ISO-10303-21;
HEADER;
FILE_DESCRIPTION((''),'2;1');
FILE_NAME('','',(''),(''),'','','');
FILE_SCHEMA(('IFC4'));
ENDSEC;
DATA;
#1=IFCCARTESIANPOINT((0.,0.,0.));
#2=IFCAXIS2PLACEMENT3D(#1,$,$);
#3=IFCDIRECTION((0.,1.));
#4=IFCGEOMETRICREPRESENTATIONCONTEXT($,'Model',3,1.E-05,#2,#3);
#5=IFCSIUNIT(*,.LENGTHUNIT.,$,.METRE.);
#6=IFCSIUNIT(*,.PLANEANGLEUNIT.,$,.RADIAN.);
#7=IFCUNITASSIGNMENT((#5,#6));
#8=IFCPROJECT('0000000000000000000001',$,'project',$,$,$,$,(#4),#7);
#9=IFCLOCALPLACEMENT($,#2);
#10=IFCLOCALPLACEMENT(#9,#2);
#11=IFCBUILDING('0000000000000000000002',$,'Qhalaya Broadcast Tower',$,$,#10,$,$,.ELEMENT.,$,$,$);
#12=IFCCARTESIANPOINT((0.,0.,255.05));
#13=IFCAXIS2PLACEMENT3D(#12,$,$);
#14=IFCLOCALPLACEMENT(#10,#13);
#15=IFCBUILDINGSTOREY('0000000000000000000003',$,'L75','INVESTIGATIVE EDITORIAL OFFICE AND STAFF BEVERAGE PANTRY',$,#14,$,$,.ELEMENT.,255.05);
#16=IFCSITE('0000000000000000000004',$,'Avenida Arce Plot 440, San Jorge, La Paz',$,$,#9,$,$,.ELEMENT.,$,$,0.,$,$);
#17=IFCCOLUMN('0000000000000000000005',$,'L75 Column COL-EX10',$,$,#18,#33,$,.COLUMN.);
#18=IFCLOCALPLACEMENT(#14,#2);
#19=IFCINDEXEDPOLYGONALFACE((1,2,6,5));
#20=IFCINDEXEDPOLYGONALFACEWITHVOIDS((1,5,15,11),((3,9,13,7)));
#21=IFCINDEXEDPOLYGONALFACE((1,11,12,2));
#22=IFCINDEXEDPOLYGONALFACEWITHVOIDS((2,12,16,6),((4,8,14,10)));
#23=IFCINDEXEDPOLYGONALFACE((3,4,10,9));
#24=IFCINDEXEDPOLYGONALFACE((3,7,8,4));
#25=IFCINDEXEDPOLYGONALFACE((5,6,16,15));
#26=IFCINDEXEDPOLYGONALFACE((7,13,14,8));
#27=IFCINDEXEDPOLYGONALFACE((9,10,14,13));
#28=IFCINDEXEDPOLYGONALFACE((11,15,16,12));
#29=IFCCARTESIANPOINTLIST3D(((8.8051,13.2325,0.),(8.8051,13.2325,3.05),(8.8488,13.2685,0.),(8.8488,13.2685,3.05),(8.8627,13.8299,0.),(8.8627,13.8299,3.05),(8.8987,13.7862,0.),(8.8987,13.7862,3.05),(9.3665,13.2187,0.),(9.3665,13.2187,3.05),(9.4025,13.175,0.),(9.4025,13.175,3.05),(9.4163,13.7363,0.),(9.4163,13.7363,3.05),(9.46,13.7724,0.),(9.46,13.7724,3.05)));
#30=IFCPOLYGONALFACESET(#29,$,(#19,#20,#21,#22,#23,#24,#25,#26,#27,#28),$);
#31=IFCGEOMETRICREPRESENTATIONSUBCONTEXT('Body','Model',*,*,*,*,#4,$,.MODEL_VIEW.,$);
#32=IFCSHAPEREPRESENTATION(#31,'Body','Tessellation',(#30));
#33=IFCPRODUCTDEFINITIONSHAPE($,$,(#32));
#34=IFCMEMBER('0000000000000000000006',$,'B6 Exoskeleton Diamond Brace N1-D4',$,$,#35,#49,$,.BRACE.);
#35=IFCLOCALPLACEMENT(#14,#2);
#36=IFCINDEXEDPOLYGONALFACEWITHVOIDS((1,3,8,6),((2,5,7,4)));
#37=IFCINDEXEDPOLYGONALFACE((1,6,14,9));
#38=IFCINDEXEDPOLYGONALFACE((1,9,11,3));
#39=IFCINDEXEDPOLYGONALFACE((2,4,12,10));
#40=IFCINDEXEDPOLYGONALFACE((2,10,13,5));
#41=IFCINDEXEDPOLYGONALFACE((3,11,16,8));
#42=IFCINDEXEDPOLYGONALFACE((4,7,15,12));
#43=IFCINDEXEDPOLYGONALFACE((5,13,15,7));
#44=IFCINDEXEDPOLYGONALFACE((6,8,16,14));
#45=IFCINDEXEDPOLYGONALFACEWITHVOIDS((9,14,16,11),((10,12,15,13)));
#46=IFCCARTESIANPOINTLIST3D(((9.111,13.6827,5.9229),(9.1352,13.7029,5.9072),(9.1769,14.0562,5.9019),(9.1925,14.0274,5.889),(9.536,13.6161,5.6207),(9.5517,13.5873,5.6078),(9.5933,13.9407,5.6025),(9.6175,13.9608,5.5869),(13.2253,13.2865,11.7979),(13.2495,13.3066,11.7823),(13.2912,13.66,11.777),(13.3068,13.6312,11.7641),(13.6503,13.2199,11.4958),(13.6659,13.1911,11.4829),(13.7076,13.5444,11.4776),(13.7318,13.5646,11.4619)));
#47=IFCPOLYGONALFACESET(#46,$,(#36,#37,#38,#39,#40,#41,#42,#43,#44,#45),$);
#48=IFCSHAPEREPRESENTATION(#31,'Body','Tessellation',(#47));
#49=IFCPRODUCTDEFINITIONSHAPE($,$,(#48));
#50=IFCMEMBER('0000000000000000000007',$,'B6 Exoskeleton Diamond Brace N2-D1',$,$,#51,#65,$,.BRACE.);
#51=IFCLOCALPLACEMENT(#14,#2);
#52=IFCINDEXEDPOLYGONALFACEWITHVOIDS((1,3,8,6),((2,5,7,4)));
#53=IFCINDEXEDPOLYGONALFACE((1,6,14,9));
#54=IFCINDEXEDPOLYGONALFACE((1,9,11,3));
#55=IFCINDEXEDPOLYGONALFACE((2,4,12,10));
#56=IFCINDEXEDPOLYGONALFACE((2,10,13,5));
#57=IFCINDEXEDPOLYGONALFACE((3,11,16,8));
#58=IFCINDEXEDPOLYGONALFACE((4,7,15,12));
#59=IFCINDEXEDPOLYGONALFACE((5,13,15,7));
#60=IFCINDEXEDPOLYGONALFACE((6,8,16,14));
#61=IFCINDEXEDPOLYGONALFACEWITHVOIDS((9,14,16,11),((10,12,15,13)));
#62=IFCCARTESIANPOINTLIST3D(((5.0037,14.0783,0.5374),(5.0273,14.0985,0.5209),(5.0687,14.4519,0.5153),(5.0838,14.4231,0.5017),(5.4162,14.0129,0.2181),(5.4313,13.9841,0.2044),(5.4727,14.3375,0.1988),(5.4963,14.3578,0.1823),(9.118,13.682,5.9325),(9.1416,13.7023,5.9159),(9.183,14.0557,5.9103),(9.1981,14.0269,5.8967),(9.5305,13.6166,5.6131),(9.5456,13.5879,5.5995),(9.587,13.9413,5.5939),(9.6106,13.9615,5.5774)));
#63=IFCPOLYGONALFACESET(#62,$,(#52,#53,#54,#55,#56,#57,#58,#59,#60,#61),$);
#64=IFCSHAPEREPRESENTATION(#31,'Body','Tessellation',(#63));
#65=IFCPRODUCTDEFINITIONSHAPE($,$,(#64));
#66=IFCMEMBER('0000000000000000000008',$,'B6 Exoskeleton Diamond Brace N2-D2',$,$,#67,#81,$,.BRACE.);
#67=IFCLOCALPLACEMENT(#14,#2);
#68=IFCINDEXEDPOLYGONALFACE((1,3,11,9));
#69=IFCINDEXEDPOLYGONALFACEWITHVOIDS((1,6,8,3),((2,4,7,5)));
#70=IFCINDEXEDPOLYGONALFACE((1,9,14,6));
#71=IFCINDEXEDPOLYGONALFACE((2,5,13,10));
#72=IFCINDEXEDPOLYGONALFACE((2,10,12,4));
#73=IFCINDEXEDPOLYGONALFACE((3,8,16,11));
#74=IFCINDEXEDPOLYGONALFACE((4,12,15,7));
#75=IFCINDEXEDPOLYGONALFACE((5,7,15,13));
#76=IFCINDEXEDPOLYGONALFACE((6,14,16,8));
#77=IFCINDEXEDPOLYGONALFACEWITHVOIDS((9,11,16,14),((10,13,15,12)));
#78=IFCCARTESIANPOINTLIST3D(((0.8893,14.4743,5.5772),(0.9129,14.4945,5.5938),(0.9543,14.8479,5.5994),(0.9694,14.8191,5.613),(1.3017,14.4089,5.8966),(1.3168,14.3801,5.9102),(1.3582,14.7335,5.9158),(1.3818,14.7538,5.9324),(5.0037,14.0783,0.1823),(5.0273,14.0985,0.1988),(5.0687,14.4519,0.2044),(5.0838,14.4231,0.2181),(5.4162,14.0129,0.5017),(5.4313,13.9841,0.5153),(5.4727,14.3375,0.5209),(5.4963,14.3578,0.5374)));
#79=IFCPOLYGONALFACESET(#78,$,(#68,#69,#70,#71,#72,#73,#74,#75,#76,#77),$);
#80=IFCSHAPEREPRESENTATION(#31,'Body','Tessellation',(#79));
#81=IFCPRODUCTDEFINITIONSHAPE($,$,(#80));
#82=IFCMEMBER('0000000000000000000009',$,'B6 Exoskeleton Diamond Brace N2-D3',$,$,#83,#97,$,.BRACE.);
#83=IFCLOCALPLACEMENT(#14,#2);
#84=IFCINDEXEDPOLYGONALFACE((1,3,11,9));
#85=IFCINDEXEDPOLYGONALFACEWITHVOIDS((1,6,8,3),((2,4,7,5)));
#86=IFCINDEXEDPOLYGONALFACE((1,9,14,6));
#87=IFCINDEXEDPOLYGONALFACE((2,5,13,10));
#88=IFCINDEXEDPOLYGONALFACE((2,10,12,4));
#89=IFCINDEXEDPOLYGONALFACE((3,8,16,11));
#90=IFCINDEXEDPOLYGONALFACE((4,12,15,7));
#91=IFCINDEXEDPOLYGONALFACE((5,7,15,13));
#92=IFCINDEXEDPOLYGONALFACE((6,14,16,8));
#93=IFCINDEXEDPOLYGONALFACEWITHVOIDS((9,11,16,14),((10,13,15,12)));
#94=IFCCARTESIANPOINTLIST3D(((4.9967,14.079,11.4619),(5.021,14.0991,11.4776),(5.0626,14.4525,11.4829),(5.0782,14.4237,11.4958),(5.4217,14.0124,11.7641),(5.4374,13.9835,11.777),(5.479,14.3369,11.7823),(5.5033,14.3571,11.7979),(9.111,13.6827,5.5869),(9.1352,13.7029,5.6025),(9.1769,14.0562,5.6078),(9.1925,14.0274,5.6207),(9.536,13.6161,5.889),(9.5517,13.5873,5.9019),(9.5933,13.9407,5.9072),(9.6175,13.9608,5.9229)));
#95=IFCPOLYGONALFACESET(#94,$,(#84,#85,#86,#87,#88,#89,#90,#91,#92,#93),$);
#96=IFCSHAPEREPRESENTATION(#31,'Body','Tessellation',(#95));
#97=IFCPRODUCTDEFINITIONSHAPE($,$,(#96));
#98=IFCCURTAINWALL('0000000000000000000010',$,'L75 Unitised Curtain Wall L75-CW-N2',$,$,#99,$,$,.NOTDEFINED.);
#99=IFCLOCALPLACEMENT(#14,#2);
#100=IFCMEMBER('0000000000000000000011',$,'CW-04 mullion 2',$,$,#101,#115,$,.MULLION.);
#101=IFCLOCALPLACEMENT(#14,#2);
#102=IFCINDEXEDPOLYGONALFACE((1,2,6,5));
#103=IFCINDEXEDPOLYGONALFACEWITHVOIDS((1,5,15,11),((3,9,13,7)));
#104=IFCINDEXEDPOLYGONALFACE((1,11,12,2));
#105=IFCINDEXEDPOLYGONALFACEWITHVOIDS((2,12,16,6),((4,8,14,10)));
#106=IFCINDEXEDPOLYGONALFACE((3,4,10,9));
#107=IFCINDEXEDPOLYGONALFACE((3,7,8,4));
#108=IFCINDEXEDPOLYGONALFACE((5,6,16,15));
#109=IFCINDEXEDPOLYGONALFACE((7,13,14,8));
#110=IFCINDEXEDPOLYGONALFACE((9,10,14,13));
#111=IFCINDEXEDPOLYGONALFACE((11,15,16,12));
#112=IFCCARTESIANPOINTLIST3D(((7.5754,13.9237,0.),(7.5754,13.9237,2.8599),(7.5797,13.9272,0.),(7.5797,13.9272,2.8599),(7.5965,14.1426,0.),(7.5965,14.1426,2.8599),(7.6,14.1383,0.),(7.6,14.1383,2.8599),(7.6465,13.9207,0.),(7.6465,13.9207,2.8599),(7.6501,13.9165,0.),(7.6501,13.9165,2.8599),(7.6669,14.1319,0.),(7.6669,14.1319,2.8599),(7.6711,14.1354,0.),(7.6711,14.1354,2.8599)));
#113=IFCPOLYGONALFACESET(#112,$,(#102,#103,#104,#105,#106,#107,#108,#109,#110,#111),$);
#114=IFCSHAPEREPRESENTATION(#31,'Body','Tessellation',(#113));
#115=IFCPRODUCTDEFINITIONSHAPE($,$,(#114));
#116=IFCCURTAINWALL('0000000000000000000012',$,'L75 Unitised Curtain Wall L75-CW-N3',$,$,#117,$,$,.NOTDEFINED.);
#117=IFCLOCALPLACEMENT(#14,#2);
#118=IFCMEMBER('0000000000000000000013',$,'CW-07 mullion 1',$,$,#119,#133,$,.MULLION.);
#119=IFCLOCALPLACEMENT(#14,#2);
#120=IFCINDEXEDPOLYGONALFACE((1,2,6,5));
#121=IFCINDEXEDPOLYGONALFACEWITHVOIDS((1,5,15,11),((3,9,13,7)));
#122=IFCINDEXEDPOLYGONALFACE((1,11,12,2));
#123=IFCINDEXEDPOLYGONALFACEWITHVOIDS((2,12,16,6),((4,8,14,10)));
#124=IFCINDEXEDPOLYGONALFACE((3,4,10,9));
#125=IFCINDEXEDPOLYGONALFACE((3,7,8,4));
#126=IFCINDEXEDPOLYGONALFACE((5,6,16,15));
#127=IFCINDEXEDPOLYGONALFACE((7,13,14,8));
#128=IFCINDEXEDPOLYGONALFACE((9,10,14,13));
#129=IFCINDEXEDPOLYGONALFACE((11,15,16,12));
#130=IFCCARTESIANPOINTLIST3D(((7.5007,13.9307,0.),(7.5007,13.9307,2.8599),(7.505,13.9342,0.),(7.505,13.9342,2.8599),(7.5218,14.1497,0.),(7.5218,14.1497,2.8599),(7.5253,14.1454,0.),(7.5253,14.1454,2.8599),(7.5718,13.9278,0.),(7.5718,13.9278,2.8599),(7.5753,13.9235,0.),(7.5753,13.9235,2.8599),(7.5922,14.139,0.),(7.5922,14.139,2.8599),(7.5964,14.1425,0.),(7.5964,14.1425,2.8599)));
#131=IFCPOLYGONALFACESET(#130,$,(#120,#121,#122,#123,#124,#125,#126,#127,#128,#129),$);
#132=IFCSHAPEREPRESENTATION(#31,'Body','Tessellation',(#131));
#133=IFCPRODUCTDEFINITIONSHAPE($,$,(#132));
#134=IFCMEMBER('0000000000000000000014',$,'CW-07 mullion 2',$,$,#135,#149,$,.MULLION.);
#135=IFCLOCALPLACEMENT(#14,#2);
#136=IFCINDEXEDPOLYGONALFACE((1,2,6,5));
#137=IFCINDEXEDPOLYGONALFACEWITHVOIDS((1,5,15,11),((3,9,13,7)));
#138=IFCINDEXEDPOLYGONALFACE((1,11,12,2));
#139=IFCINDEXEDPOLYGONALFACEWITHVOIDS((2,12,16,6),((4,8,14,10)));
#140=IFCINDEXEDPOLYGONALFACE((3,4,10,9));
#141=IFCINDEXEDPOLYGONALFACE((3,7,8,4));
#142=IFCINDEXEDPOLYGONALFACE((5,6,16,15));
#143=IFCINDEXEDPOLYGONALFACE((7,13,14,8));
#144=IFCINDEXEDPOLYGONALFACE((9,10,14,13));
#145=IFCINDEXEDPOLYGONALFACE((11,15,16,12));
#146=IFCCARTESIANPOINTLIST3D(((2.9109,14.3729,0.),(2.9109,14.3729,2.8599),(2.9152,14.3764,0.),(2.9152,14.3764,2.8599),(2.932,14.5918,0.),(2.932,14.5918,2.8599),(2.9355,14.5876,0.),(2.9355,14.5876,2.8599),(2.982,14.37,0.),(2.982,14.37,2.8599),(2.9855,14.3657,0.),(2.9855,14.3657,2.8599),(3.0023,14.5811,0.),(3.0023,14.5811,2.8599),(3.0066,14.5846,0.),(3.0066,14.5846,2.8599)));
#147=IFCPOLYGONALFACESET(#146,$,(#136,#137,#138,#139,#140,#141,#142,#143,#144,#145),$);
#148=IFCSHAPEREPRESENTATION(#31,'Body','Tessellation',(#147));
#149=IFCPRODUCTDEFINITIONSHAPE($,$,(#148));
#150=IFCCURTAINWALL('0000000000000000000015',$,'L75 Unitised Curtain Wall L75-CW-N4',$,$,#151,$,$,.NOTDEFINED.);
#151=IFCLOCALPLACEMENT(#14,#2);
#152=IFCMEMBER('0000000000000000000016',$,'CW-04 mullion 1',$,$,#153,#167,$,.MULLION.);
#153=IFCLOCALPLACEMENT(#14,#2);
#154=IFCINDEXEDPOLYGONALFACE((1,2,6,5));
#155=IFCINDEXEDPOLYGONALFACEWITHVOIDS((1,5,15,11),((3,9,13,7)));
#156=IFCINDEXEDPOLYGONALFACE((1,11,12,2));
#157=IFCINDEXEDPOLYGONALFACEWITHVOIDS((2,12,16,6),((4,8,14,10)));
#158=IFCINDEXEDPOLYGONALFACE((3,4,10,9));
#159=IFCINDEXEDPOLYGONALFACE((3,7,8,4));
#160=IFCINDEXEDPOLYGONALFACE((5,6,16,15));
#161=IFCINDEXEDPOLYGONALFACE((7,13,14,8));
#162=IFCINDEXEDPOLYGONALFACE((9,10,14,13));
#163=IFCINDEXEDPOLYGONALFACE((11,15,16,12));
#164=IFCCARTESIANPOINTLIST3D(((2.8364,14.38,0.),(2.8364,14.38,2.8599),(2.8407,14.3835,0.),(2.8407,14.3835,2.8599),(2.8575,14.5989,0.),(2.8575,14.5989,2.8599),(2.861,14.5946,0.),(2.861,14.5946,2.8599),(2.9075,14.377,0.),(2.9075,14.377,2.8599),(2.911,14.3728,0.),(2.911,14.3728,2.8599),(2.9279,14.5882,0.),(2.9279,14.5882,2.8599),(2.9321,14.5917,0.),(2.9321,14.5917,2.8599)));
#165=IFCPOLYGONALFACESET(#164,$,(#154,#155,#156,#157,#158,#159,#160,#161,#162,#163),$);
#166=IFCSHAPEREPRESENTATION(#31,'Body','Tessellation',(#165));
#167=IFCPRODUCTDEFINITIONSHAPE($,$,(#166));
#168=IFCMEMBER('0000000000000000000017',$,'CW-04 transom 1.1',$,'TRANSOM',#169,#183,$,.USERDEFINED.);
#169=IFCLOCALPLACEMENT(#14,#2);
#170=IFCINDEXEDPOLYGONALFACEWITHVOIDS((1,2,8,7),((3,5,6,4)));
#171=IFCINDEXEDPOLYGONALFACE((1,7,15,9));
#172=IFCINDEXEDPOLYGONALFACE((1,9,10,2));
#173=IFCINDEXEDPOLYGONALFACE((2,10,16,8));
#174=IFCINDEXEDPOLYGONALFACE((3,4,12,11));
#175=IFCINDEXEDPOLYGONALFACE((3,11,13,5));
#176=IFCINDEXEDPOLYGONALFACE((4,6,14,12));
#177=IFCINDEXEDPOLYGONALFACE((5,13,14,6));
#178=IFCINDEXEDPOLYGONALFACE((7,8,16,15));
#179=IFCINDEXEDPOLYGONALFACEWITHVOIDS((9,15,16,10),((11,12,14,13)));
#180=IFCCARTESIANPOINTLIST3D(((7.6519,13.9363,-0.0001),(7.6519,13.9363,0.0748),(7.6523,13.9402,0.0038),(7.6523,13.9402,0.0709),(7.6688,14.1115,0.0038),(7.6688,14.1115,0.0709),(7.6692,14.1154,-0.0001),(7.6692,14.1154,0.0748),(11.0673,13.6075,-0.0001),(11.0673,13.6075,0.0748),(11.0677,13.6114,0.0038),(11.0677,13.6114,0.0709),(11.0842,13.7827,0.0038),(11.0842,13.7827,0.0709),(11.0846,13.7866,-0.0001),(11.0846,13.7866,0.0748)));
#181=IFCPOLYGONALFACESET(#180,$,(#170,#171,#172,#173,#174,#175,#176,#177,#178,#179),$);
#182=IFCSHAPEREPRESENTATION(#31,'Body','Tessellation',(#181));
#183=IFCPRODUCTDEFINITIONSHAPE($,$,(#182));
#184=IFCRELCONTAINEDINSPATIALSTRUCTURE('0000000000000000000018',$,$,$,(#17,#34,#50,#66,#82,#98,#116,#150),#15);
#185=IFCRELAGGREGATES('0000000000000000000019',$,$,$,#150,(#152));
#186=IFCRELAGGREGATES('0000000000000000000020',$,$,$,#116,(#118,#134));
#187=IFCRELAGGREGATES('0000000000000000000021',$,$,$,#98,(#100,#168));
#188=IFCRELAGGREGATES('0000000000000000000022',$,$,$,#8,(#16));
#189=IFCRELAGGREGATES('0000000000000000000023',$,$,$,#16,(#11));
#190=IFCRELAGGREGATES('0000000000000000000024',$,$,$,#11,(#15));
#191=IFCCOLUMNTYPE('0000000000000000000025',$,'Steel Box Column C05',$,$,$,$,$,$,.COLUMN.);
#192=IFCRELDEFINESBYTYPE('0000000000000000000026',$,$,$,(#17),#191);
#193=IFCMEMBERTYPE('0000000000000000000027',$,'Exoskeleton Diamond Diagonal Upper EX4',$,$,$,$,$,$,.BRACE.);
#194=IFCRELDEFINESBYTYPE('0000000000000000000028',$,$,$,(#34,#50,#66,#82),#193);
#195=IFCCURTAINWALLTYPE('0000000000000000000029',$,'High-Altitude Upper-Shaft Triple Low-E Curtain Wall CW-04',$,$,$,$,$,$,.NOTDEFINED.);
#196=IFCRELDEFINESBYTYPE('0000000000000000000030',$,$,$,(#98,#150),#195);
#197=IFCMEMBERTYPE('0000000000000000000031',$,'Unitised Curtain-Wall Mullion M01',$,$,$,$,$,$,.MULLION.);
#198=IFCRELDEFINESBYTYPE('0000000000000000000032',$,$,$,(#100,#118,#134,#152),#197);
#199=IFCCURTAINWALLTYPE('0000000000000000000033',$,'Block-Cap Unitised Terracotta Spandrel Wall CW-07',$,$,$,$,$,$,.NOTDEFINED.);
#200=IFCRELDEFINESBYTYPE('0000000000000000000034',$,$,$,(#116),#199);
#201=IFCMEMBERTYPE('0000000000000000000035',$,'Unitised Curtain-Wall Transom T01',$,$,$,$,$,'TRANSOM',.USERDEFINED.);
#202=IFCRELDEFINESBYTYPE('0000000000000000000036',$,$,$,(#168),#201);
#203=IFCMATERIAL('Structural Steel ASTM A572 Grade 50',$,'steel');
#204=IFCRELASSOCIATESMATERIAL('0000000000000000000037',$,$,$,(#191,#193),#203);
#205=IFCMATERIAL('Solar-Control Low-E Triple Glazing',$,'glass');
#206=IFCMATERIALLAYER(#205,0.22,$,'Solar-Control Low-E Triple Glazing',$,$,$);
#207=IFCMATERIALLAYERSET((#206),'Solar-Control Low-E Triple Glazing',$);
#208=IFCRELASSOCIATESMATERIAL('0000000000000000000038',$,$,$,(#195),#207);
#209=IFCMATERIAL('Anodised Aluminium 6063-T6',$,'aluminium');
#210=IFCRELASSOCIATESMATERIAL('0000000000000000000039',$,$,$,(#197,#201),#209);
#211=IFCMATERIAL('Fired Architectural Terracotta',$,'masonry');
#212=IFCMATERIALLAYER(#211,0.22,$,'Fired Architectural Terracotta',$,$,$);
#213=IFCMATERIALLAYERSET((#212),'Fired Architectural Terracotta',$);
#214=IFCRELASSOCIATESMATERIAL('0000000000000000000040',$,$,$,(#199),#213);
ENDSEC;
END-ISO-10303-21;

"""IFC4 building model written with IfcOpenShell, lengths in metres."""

from ifc_helpers import new_model, si_unit, direction, frame, origin, origin_2d, place, context, subcontext, project, spatial, hollow_rectangle, extrude, material, layer, layer_set, material_profile, profile_set, type_object, element, aggregate, save


model = new_model("IFC4")

# Units and contexts
model_context = context("Model", 3, precision=1e-05, world=origin(), true_north=direction((0.0, 1.0)))
body_context = subcontext(model_context, "Body", "Model", "MODEL_VIEW")
ifc_project = project(units=[si_unit("LENGTHUNIT", "METRE"), si_unit("PLANEANGLEUNIT", "RADIAN")], contexts=[model_context])

# Site, building, storey
site_placement = place(None, origin())
site = spatial("IfcSite", under=ifc_project, at=site_placement, Name="Avenida Arce Plot 440, San Jorge, La Paz", CompositionType="ELEMENT", RefElevation=0.0)
building_placement = place(site_placement, origin())
building = spatial("IfcBuilding", under=site, at=building_placement, Name="Qhalaya Broadcast Tower", CompositionType="ELEMENT")
storey_placement = place(building_placement, frame((0.0, 0.0, 255.05)))
storey = spatial("IfcBuildingStorey", under=building, at=storey_placement, Name="L75", Description="INVESTIGATIVE EDITORIAL OFFICE AND STAFF BEVERAGE PANTRY", CompositionType="ELEMENT", Elevation=255.05)

# Column
ifc_material_1 = material(Name="Structural Steel ASTM A572 Grade 50", Category="steel")
ifc_material_profile_1 = material_profile(ifc_material_1, hollow_rectangle(XDim=0.6001, YDim=0.6001, WallThickness=0.04, at=origin_2d()), Name="BOX 600x600x40")
ifc_profile_set_1 = profile_set([ifc_material_profile_1], Name="Structural Steel ASTM A572 Grade 50")
column_type = type_object("IfcColumnType", Name="Steel Box Column C05", PredefinedType="COLUMN", material=ifc_profile_set_1)
column_placement = place(storey_placement, frame((9.1326, 13.5024, 0.0), z_axis=(0.0, 0.0, 1.0), x_axis=(0.995396, -0.095846, 0.0)))
element("IfcColumn", 1, at=column_placement, inside=storey, type_object=column_type, Name="L75 Column COL-EX10", PredefinedType="COLUMN", context=body_context, shape_type="SweptSolid", body=[
    extrude(hollow_rectangle(XDim=0.6001, YDim=0.6001, WallThickness=0.04, at=origin_2d()), origin(), (0.0, 0.0, 1.0), 3.05),
])

# Members
ifc_material_profile_2 = material_profile(ifc_material_1, hollow_rectangle(XDim=0.3799, YDim=0.55, WallThickness=0.0249, at=origin_2d()), Name="BOX 380x550x25")
ifc_profile_set_2 = profile_set([ifc_material_profile_2], Name="Structural Steel ASTM A572 Grade 50")
member_type_1 = type_object("IfcMemberType", Name="Exoskeleton Diamond Diagonal Upper EX4", PredefinedType="BRACE", material=ifc_profile_set_2)
member_1_placement = place(storey_placement, frame((9.3643, 13.8218, 5.7549), z_axis=(0.572753, -0.055161, 0.81787), x_axis=(0.173452, 0.983297, -0.05515)))
element("IfcMember", 2, at=member_1_placement, inside=storey, type_object=member_type_1, Name="B6 Exoskeleton Diamond Brace N1-D4", PredefinedType="BRACE", context=body_context, shape_type="SweptSolid", body=[
    extrude(hollow_rectangle(XDim=0.3799, YDim=0.55, WallThickness=0.0249, at=origin_2d()), origin(), (0.0, 0.0, 1.0), 7.1833),
])
for number, where, z_axis, x_axis, name in (
    (3, (5.25, 14.218, 0.3599), (0.605363, -0.058302, 0.793811), (0.171157, 0.983518, -0.05829), "B6 Exoskeleton Diamond Brace N2-D1"),
    (4, (5.25, 14.218, 0.3599), (-0.605387, 0.058265, 0.793796), (-0.171092, -0.983529, -0.058292), "B6 Exoskeleton Diamond Brace N2-D2"),
):
    element("IfcMember", number, at=place(storey_placement, frame(where, z_axis=z_axis, x_axis=x_axis)), inside=storey, type_object=member_type_1, Name=name, PredefinedType="BRACE", context=body_context, shape_type="SweptSolid", body=[
        extrude(hollow_rectangle(XDim=0.3799, YDim=0.55, WallThickness=0.0249, at=origin_2d()), origin(), (0.0, 0.0, 1.0), 6.7964),
    ])
member_2_placement = place(storey_placement, frame((9.3643, 13.8218, 5.7549), z_axis=(-0.572753, 0.055161, 0.81787), x_axis=(-0.173452, -0.983297, -0.05515)))
element("IfcMember", 5, at=member_2_placement, inside=storey, type_object=member_type_1, Name="B6 Exoskeleton Diamond Brace N2-D3", PredefinedType="BRACE", context=body_context, shape_type="SweptSolid", body=[
    extrude(hollow_rectangle(XDim=0.3799, YDim=0.55, WallThickness=0.0249, at=origin_2d()), origin(), (0.0, 0.0, 1.0), 7.1833),
])

# Curtain wall, member
ifc_material_2 = material(Name="Solar-Control Low-E Triple Glazing", Category="glass")
ifc_layer_1 = layer(ifc_material_2, 0.22, Name="Solar-Control Low-E Triple Glazing")
ifc_layer_set_1 = layer_set([ifc_layer_1], Name="Solar-Control Low-E Triple Glazing")
curtain_wall_type_1 = type_object("IfcCurtainWallType", Name="High-Altitude Upper-Shaft Triple Low-E Curtain Wall CW-04", PredefinedType="NOTDEFINED", material=ifc_layer_set_1)
curtain_wall_1_placement = place(storey_placement, origin())
curtain_wall_1 = element("IfcCurtainWall", 6, at=curtain_wall_1_placement, inside=storey, type_object=curtain_wall_type_1, Name="L75 Unitised Curtain Wall L75-CW-N2", PredefinedType="NOTDEFINED")
ifc_material_3 = material(Name="Anodised Aluminium 6063-T6", Category="aluminium")
ifc_material_profile_3 = material_profile(ifc_material_3, hollow_rectangle(XDim=0.075, YDim=0.22, WallThickness=0.0039, at=origin_2d()), Name="ALU-MUL 75x220x4")
ifc_profile_set_3 = profile_set([ifc_material_profile_3], Name="Anodised Aluminium 6063-T6")
member_type_2 = type_object("IfcMemberType", Name="Unitised Curtain-Wall Mullion M01", PredefinedType="MULLION", material=ifc_profile_set_3)
member_3_placement = place(storey_placement, frame((7.6233, 14.0295, 0.0), z_axis=(0.0, 0.0, 1.0), x_axis=(-0.995397, 0.095837, 0.0)))
member_3 = element("IfcMember", 7, at=member_3_placement, type_object=member_type_2, Name="CW-04 mullion 2", PredefinedType="MULLION", context=body_context, shape_type="SweptSolid", body=[
    extrude(hollow_rectangle(XDim=0.075, YDim=0.22, WallThickness=0.0039, at=origin_2d()), origin(), (0.0, 0.0, 1.0), 2.8599),
])

# Curtain wall, members
ifc_material_4 = material(Name="Fired Architectural Terracotta", Category="masonry")
ifc_layer_2 = layer(ifc_material_4, 0.22, Name="Fired Architectural Terracotta")
ifc_layer_set_2 = layer_set([ifc_layer_2], Name="Fired Architectural Terracotta")
curtain_wall_type_2 = type_object("IfcCurtainWallType", Name="Block-Cap Unitised Terracotta Spandrel Wall CW-07", PredefinedType="NOTDEFINED", material=ifc_layer_set_2)
curtain_wall_2_placement = place(storey_placement, origin())
curtain_wall_2 = element("IfcCurtainWall", 8, at=curtain_wall_2_placement, inside=storey, type_object=curtain_wall_type_2, Name="L75 Unitised Curtain Wall L75-CW-N3", PredefinedType="NOTDEFINED")
member_4_placement = place(storey_placement, frame((7.5486, 14.0366, 0.0), z_axis=(0.0, 0.0, 1.0), x_axis=(-0.995395, 0.09586, 0.0)))
member_4 = element("IfcMember", 9, at=member_4_placement, type_object=member_type_2, Name="CW-07 mullion 1", PredefinedType="MULLION", context=body_context, shape_type="SweptSolid", body=[
    extrude(hollow_rectangle(XDim=0.075, YDim=0.22, WallThickness=0.0039, at=origin_2d()), origin(), (0.0, 0.0, 1.0), 2.8599),
])
member_5_placement = place(storey_placement, frame((2.9587, 14.4788, 0.0), z_axis=(0.0, 0.0, 1.0), x_axis=(-0.995395, 0.09586, 0.0)))
member_5 = element("IfcMember", 10, at=member_5_placement, type_object=member_type_2, Name="CW-07 mullion 2", PredefinedType="MULLION", context=body_context, shape_type="SweptSolid", body=[
    extrude(hollow_rectangle(XDim=0.075, YDim=0.22, WallThickness=0.0039, at=origin_2d()), origin(), (0.0, 0.0, 1.0), 2.8599),
])

# Curtain wall, member
curtain_wall_3_placement = place(storey_placement, origin())
curtain_wall_3 = element("IfcCurtainWall", 11, at=curtain_wall_3_placement, inside=storey, type_object=curtain_wall_type_1, Name="L75 Unitised Curtain Wall L75-CW-N4", PredefinedType="NOTDEFINED")
member_6_placement = place(storey_placement, frame((2.8843, 14.4858, 0.0), z_axis=(0.0, 0.0, 1.0), x_axis=(-0.995397, 0.09584, 0.0)))
member_6 = element("IfcMember", 12, at=member_6_placement, type_object=member_type_2, Name="CW-04 mullion 1", PredefinedType="MULLION", context=body_context, shape_type="SweptSolid", body=[
    extrude(hollow_rectangle(XDim=0.075, YDim=0.22, WallThickness=0.0039, at=origin_2d()), origin(), (0.0, 0.0, 1.0), 2.8599),
])

# Member
ifc_material_profile_4 = material_profile(ifc_material_3, hollow_rectangle(XDim=0.075, YDim=0.1799, WallThickness=0.0039, at=origin_2d()), Name="ALU-TRN 75x180x4")
ifc_profile_set_4 = profile_set([ifc_material_profile_4], Name="Anodised Aluminium 6063-T6")
member_type_3 = type_object("IfcMemberType", Name="Unitised Curtain-Wall Transom T01", ElementType="TRANSOM", PredefinedType="USERDEFINED", material=ifc_profile_set_4)
member_7_placement = place(storey_placement, frame((11.0759, 13.697, 0.0374), z_axis=(-0.995396, 0.095847, 0.0), x_axis=(0.0, 0.0, 1.0)))
member_7 = element("IfcMember", 13, at=member_7_placement, type_object=member_type_3, Name="CW-04 transom 1.1", ObjectType="TRANSOM", PredefinedType="USERDEFINED", context=body_context, shape_type="SweptSolid", body=[
    extrude(hollow_rectangle(XDim=0.075, YDim=0.1799, WallThickness=0.0039, at=origin_2d()), origin(), (0.0, 0.0, 1.0), 3.4312),
])
aggregate(curtain_wall_3, [member_6])

aggregate(curtain_wall_2, [member_4, member_5])
aggregate(curtain_wall_1, [member_3, member_7])

save(model, "model.ifc")
